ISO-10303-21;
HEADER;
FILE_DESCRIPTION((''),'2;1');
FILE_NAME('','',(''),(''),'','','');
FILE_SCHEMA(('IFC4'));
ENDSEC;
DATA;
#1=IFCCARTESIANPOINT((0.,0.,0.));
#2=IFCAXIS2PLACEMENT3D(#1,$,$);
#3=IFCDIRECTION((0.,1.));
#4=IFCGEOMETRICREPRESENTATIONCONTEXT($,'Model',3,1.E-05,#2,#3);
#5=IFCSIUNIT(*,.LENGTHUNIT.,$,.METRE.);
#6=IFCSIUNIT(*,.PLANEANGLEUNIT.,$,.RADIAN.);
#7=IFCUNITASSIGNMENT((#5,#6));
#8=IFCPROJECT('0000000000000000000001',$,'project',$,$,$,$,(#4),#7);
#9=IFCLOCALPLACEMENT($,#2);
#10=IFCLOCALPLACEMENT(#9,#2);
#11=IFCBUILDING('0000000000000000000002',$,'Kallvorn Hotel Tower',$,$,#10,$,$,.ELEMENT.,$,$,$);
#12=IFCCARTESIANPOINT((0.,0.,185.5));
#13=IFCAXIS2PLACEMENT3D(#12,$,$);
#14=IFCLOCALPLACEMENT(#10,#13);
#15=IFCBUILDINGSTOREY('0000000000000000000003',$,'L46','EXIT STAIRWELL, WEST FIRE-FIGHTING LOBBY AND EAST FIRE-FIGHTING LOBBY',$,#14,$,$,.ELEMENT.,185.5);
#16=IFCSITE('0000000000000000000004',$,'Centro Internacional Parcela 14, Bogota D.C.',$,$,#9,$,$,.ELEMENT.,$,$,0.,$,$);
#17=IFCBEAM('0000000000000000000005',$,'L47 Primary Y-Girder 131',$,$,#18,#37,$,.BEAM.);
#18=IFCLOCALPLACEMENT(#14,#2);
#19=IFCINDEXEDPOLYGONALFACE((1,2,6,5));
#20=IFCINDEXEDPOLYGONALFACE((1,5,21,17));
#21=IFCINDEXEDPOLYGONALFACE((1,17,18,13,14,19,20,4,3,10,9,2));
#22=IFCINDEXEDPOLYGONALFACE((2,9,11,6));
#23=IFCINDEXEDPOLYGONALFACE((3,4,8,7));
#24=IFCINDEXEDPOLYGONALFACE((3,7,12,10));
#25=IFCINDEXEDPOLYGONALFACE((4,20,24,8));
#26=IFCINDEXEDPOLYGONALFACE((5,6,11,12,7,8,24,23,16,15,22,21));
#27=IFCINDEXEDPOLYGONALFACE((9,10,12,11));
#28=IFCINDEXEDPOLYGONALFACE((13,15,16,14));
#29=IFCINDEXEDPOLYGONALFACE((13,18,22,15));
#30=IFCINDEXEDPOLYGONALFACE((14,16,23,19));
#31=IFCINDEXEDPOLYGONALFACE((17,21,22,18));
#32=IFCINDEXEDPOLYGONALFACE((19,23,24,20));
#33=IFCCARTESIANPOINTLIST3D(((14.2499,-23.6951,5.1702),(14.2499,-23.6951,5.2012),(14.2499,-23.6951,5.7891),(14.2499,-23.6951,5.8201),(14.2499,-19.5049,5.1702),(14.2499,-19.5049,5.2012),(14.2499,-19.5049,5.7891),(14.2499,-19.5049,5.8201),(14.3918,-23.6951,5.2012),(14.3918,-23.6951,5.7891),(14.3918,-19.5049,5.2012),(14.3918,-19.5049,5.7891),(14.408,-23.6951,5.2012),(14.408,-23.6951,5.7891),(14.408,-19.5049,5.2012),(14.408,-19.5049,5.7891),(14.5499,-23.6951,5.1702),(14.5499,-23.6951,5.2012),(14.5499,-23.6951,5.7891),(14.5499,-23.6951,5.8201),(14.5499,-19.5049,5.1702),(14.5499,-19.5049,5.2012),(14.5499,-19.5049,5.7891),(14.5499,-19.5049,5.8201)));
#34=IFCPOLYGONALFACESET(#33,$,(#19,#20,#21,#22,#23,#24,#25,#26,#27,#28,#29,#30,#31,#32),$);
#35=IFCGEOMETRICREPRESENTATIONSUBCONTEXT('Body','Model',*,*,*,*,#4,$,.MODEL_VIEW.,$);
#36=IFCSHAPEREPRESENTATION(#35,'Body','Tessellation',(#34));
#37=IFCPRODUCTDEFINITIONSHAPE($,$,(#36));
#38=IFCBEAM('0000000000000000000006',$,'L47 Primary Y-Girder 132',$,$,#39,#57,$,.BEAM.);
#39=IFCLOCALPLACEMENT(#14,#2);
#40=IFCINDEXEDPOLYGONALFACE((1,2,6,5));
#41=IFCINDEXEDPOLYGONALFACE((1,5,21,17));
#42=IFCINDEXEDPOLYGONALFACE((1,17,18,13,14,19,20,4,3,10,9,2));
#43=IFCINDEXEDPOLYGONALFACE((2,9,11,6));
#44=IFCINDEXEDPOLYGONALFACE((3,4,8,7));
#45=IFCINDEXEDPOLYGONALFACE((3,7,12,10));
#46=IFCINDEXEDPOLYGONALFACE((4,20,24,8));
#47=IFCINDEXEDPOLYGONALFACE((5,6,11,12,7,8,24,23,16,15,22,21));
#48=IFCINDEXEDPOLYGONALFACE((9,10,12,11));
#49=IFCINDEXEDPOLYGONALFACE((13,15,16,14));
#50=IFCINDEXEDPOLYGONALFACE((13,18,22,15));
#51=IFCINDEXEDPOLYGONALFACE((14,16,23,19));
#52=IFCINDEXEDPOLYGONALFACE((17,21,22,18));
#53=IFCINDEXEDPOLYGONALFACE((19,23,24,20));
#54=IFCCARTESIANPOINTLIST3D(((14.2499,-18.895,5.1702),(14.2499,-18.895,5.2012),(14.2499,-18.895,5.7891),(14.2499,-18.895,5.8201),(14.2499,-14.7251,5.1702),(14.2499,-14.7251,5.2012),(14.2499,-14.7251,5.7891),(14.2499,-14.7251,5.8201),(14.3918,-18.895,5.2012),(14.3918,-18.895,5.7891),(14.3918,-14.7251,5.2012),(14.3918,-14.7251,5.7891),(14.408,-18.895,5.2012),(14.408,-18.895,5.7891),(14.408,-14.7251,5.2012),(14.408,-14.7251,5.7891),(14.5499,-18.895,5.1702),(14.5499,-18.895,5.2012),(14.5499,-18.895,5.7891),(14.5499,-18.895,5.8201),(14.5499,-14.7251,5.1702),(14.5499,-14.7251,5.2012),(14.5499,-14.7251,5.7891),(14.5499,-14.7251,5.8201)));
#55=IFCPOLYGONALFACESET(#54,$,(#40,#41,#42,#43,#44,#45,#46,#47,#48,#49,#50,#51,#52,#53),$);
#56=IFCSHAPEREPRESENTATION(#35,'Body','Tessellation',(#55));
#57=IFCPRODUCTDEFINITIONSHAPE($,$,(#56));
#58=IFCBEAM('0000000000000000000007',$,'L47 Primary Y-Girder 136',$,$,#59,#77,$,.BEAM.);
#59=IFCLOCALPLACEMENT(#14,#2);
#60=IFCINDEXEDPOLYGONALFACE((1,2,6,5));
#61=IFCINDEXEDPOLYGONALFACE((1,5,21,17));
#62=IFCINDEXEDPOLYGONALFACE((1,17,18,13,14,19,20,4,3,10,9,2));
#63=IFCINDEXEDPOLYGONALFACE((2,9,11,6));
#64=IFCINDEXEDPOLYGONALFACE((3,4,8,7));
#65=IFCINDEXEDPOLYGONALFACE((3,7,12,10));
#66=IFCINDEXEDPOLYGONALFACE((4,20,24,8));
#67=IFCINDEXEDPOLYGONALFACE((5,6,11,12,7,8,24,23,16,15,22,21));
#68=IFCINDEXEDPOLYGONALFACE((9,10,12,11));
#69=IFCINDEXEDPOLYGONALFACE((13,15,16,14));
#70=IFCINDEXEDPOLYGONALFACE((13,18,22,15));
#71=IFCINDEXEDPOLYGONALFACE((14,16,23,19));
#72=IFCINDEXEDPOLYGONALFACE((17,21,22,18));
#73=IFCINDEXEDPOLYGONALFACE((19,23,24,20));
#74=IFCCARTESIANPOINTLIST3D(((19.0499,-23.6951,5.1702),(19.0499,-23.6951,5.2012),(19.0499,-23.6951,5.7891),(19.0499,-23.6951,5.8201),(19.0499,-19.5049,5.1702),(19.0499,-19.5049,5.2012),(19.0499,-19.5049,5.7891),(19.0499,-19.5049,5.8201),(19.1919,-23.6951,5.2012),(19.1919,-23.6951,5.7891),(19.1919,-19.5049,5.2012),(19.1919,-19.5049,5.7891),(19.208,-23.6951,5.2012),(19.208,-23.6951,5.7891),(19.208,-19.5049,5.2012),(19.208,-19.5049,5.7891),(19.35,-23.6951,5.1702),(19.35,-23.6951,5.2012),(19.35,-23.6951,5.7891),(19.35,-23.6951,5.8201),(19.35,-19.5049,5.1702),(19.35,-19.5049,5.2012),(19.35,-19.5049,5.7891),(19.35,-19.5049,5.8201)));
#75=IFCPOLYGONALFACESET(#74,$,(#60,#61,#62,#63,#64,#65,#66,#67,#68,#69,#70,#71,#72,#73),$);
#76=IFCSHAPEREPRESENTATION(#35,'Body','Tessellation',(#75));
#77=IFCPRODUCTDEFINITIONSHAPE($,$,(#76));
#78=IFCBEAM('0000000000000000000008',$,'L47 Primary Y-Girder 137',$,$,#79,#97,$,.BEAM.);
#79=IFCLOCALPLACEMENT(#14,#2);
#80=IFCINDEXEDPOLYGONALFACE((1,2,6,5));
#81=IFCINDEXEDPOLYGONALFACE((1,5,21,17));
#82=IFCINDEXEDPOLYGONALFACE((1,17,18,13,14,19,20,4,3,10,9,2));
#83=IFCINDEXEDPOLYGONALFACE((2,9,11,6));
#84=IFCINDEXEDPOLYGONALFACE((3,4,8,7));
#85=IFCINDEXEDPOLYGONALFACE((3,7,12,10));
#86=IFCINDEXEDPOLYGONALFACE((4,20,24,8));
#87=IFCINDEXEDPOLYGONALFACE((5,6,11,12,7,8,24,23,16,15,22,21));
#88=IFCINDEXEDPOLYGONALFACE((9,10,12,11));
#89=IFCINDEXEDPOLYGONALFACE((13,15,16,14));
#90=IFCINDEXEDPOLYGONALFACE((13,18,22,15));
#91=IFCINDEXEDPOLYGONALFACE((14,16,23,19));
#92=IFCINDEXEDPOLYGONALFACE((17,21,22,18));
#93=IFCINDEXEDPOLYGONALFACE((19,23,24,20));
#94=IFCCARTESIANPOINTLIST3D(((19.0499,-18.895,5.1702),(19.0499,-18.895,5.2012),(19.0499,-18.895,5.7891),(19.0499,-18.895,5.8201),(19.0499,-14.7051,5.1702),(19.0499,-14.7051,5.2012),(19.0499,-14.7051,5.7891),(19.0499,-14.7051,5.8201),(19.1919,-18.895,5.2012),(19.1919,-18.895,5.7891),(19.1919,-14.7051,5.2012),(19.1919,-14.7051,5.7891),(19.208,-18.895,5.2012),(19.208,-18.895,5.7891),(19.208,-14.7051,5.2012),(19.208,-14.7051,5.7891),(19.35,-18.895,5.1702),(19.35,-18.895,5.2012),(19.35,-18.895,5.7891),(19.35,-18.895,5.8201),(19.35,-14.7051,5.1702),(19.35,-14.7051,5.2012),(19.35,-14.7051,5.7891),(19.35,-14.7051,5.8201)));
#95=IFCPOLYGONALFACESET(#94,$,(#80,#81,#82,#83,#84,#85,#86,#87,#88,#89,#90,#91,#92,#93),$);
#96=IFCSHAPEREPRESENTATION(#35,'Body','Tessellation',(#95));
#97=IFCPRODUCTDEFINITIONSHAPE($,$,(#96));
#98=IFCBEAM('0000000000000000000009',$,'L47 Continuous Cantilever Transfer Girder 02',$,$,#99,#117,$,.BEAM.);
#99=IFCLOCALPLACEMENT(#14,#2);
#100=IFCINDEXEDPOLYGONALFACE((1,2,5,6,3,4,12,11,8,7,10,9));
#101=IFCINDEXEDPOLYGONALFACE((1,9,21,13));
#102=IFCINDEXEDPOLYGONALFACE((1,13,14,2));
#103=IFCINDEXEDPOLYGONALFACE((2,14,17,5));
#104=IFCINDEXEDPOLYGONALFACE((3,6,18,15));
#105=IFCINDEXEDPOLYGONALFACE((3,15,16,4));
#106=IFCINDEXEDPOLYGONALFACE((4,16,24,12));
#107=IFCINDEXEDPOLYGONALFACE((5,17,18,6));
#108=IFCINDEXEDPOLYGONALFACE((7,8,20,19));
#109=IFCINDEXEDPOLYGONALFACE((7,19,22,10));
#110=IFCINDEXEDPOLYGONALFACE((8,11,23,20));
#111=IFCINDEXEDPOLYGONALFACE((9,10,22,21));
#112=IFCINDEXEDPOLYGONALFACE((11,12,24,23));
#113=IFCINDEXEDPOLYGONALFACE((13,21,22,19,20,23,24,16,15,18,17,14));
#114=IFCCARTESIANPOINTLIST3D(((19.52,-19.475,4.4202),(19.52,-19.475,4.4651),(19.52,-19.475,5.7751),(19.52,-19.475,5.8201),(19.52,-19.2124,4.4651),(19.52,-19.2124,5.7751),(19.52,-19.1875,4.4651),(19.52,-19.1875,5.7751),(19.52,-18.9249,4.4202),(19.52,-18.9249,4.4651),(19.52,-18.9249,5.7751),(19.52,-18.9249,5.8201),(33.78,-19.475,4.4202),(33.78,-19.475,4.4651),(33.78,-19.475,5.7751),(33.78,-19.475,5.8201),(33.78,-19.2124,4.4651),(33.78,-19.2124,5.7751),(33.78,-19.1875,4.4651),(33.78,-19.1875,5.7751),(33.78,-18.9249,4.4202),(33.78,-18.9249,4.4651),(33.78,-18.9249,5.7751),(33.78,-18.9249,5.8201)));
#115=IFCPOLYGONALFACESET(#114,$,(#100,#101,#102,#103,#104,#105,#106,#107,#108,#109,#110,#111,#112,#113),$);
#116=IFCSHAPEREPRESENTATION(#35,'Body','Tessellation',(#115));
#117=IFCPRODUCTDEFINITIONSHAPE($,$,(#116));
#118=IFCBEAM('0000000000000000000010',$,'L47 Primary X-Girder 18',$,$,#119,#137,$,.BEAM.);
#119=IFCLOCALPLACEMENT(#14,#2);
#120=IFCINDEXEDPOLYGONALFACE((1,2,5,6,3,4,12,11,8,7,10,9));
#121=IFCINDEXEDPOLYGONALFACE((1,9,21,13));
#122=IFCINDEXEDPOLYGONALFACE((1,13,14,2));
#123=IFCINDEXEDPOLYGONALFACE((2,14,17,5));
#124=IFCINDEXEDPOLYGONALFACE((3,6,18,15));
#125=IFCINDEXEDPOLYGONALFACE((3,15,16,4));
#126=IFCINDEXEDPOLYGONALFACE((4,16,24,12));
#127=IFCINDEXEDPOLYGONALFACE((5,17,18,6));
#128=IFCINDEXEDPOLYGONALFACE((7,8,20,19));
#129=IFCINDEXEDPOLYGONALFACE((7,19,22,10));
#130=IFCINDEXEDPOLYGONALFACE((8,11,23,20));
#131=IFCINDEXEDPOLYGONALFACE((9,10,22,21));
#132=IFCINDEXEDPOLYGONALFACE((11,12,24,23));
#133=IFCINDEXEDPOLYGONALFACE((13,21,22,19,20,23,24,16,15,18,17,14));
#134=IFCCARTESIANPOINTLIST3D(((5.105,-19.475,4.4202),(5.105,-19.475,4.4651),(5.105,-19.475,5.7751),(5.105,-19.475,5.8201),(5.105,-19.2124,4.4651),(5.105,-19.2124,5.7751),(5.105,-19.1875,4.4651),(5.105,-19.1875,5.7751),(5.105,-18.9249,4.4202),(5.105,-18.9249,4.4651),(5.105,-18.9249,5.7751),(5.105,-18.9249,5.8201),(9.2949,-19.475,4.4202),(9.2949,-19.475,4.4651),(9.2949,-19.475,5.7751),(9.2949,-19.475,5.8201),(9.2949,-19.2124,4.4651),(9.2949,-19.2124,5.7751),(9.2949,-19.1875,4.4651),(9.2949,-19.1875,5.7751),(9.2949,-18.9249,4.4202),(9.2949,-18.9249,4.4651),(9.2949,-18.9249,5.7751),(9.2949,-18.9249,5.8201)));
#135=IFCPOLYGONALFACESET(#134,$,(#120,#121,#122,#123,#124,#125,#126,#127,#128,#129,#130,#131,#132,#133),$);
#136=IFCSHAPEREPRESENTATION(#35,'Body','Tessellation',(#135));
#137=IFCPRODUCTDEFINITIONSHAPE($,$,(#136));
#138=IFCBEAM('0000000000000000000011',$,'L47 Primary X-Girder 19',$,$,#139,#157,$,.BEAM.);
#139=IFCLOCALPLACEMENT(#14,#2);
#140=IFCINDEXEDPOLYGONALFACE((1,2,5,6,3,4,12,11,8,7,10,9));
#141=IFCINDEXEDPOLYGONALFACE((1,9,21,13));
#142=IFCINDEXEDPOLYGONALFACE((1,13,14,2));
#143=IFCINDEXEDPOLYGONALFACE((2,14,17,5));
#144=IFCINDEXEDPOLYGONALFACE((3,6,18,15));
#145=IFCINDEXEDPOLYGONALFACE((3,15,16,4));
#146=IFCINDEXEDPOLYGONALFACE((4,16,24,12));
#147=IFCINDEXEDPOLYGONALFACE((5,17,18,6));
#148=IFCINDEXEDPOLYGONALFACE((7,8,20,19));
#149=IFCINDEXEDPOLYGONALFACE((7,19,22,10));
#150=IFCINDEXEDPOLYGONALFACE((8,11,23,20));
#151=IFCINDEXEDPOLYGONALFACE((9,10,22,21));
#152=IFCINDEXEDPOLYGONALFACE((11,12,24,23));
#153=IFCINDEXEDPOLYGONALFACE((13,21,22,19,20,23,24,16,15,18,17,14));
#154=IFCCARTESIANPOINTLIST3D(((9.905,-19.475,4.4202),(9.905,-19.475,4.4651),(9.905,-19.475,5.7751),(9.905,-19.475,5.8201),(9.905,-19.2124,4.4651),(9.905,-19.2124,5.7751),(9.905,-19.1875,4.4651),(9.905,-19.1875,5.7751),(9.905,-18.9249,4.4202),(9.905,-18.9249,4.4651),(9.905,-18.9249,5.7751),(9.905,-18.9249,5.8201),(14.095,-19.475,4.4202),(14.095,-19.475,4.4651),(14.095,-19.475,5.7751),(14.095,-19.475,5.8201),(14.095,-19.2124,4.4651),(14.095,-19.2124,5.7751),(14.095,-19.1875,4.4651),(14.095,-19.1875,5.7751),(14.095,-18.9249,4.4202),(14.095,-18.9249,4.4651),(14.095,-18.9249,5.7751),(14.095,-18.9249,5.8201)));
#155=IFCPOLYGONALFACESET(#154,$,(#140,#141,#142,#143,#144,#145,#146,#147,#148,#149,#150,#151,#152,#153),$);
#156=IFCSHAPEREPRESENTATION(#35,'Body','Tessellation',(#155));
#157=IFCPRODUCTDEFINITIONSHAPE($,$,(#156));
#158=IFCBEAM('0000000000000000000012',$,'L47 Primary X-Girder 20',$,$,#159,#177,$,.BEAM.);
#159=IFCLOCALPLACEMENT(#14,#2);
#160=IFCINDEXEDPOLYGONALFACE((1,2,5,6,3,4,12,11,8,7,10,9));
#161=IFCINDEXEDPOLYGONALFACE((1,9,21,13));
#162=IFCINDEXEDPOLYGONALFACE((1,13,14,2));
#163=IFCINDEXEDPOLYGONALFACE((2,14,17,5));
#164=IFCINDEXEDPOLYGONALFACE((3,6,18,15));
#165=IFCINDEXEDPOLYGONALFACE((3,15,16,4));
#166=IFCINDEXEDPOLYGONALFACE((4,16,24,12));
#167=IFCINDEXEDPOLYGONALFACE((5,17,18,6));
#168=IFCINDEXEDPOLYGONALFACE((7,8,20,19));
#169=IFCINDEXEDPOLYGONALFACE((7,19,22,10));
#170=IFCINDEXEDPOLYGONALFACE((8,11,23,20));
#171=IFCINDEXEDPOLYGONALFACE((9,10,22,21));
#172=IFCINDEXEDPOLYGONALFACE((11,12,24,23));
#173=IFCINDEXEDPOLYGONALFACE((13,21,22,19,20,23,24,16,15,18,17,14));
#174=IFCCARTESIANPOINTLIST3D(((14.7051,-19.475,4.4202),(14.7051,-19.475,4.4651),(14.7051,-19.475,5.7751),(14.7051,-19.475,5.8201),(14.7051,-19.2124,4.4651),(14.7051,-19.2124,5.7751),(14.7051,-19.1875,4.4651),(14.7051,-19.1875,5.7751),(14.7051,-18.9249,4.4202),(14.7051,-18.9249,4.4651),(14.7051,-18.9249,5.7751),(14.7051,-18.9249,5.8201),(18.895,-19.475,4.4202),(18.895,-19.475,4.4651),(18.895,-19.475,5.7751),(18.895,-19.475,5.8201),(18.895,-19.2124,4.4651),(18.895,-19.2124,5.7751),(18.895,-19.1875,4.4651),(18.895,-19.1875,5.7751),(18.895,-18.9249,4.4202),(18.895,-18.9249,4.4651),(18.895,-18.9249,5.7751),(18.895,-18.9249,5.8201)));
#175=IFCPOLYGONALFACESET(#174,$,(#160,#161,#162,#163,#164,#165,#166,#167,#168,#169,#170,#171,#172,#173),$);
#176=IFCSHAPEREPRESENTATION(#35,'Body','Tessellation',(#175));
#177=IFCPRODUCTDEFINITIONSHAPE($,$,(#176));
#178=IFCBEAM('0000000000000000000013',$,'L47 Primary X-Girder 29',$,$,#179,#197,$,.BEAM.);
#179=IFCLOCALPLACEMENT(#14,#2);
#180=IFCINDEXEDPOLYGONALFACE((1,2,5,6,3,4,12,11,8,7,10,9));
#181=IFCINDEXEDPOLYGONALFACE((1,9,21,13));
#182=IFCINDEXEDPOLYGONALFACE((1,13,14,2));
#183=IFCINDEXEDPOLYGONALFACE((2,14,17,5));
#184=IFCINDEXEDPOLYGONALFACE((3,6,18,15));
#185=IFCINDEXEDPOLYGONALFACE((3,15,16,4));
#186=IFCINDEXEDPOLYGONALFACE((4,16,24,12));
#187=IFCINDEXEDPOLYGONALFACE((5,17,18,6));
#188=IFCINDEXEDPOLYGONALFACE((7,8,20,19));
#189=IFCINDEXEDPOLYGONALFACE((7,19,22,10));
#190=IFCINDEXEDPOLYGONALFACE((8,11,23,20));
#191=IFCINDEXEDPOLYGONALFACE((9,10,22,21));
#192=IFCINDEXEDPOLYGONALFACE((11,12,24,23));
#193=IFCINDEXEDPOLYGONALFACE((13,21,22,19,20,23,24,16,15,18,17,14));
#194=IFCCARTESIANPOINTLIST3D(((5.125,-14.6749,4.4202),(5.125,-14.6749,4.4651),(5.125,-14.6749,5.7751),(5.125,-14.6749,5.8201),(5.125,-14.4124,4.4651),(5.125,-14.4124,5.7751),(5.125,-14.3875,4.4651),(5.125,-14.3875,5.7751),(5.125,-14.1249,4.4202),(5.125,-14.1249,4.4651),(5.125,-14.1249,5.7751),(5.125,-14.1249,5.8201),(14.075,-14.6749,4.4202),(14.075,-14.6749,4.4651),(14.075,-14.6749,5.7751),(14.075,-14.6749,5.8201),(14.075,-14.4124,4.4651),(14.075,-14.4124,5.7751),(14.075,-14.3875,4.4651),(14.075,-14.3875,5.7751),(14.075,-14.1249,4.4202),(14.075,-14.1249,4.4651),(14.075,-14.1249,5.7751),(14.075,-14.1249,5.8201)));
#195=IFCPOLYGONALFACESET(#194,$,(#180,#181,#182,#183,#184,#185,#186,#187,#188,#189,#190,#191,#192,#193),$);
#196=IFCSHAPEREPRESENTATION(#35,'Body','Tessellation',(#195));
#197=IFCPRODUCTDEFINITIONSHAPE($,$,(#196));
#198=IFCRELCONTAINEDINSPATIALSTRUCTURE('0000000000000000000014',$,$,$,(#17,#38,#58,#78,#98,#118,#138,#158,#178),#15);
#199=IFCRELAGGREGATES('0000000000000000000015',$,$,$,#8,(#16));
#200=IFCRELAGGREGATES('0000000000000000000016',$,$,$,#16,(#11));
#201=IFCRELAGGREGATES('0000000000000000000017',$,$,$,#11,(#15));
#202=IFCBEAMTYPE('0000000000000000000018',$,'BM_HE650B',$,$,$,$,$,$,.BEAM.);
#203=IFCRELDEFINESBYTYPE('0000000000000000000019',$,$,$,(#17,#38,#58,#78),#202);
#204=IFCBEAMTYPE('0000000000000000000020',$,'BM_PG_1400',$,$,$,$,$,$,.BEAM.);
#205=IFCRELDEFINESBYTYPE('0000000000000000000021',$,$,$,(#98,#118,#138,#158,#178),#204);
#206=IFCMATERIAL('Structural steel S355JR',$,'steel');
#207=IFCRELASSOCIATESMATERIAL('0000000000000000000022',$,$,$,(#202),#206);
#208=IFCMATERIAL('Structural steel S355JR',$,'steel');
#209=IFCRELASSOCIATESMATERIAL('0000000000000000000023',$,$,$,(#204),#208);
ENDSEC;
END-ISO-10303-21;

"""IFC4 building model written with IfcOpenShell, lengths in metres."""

from ifc_helpers import new_model, si_unit, direction, frame, origin, origin_2d, place, context, subcontext, project, spatial, i_section, extrude, material, material_profile, profile_set, type_object, element, save


model = new_model("IFC4")

# Units and contexts
model_context = context("Model", 3, precision=1e-05, world=origin(), true_north=direction((0.0, 1.0)))
body_context = subcontext(model_context, "Body", "Model", "MODEL_VIEW")
ifc_project = project(units=[si_unit("LENGTHUNIT", "METRE"), si_unit("PLANEANGLEUNIT", "RADIAN")], contexts=[model_context])

# Site, building, storey
site_placement = place(None, origin())
site = spatial("IfcSite", under=ifc_project, at=site_placement, Name="Centro Internacional Parcela 14, Bogota D.C.", CompositionType="ELEMENT", RefElevation=0.0)
building_placement = place(site_placement, origin())
building = spatial("IfcBuilding", under=site, at=building_placement, Name="Kallvorn Hotel Tower", CompositionType="ELEMENT")
storey_placement = place(building_placement, frame((0.0, 0.0, 185.5)))
storey = spatial("IfcBuildingStorey", under=building, at=storey_placement, Name="L46", Description="EXIT STAIRWELL, WEST FIRE-FIGHTING LOBBY AND EAST FIRE-FIGHTING LOBBY", CompositionType="ELEMENT", Elevation=185.5)

# Beams
ifc_material_1 = material(Name="Structural steel S355JR", Category="steel")
ifc_material_profile_1 = material_profile(ifc_material_1, i_section(OverallWidth=0.3, OverallDepth=0.6499, WebThickness=0.0161, FlangeThickness=0.031, at=origin_2d()), Name="HE 650 B")
ifc_profile_set_1 = profile_set([ifc_material_profile_1], Name="Structural steel S355JR")
beam_type_1 = type_object("IfcBeamType", Name="BM_HE650B", PredefinedType="BEAM", material=ifc_profile_set_1)
for number, where, z_axis, x_axis, name in (
    (1, (14.3999, -23.6951, 5.4951), (0.0, 1.0, 0.0), (-1.0, 0.0, 0.0), "L47 Primary Y-Girder 131"),
):
    element("IfcBeam", number, at=place(storey_placement, frame(where, z_axis=z_axis, x_axis=x_axis)), inside=storey, type_object=beam_type_1, Name=name, PredefinedType="BEAM", context=body_context, shape_type="SweptSolid", body=[
        extrude(i_section(OverallWidth=0.3, OverallDepth=0.6499, WebThickness=0.0161, FlangeThickness=0.031, at=origin_2d()), origin(), (0.0, 0.0, 1.0), 4.1902),
    ])
beam_1_placement = place(storey_placement, frame((14.3999, -18.895, 5.4951), z_axis=(0.0, 1.0, 0.0), x_axis=(-1.0, 0.0, 0.0)))
element("IfcBeam", 2, at=beam_1_placement, inside=storey, type_object=beam_type_1, Name="L47 Primary Y-Girder 132", PredefinedType="BEAM", context=body_context, shape_type="SweptSolid", body=[
    extrude(i_section(OverallWidth=0.3, OverallDepth=0.6499, WebThickness=0.0161, FlangeThickness=0.031, at=origin_2d()), origin(), (0.0, 0.0, 1.0), 4.1699),
])
beam_2_placement = place(storey_placement, frame((19.2, -23.6951, 5.4951), z_axis=(0.0, 1.0, 0.0), x_axis=(-1.0, 0.0, 0.0)))
element("IfcBeam", 3, at=beam_2_placement, inside=storey, type_object=beam_type_1, Name="L47 Primary Y-Girder 136", PredefinedType="BEAM", context=body_context, shape_type="SweptSolid", body=[
    extrude(i_section(OverallWidth=0.3, OverallDepth=0.6499, WebThickness=0.0161, FlangeThickness=0.031, at=origin_2d()), origin(), (0.0, 0.0, 1.0), 4.1902),
])
beam_3_placement = place(storey_placement, frame((19.2, -18.895, 5.4951), z_axis=(0.0, 1.0, 0.0), x_axis=(-1.0, 0.0, 0.0)))
element("IfcBeam", 4, at=beam_3_placement, inside=storey, type_object=beam_type_1, Name="L47 Primary Y-Girder 137", PredefinedType="BEAM", context=body_context, shape_type="SweptSolid", body=[
    extrude(i_section(OverallWidth=0.3, OverallDepth=0.6499, WebThickness=0.0161, FlangeThickness=0.031, at=origin_2d()), origin(), (0.0, 0.0, 1.0), 4.1899),
])
ifc_material_2 = material(Name="Structural steel S355JR", Category="steel")
ifc_material_profile_2 = material_profile(ifc_material_2, i_section(OverallWidth=0.55, OverallDepth=1.3999, WebThickness=0.0249, FlangeThickness=0.0449, at=origin_2d()), Name="PG 1400x550x25x45")
ifc_profile_set_2 = profile_set([ifc_material_profile_2], Name="Structural steel S355JR")
beam_type_2 = type_object("IfcBeamType", Name="BM_PG_1400", PredefinedType="BEAM", material=ifc_profile_set_2)
beam_4_placement = place(storey_placement, frame((19.52, -19.2, 5.1201), z_axis=(1.0, 0.0, 0.0), x_axis=(0.0, 1.0, 0.0)))
element("IfcBeam", 5, at=beam_4_placement, inside=storey, type_object=beam_type_2, Name="L47 Continuous Cantilever Transfer Girder 02", PredefinedType="BEAM", context=body_context, shape_type="SweptSolid", body=[
    extrude(i_section(OverallWidth=0.55, OverallDepth=1.3999, WebThickness=0.0249, FlangeThickness=0.0449, at=origin_2d()), origin(), (0.0, 0.0, 1.0), 14.26),
])
for number, where, z_axis, x_axis, name in (
    (6, (5.105, -19.2, 5.1201), (1.0, 0.0, 0.0), (0.0, 1.0, 0.0), "L47 Primary X-Girder 18"),
    (7, (9.905, -19.2, 5.1201), (1.0, 0.0, 0.0), (0.0, 1.0, 0.0), "L47 Primary X-Girder 19"),
    (8, (14.7051, -19.2, 5.1201), (1.0, 0.0, 0.0), (0.0, 1.0, 0.0), "L47 Primary X-Girder 20"),
):
    element("IfcBeam", number, at=place(storey_placement, frame(where, z_axis=z_axis, x_axis=x_axis)), inside=storey, type_object=beam_type_2, Name=name, PredefinedType="BEAM", context=body_context, shape_type="SweptSolid", body=[
        extrude(i_section(OverallWidth=0.55, OverallDepth=1.3999, WebThickness=0.0249, FlangeThickness=0.0449, at=origin_2d()), origin(), (0.0, 0.0, 1.0), 4.1899),
    ])
beam_5_placement = place(storey_placement, frame((5.125, -14.3999, 5.1201), z_axis=(1.0, 0.0, 0.0), x_axis=(0.0, 1.0, 0.0)))
element("IfcBeam", 9, at=beam_5_placement, inside=storey, type_object=beam_type_2, Name="L47 Primary X-Girder 29", PredefinedType="BEAM", context=body_context, shape_type="SweptSolid", body=[
    extrude(i_section(OverallWidth=0.55, OverallDepth=1.3999, WebThickness=0.0249, FlangeThickness=0.0449, at=origin_2d()), origin(), (0.0, 0.0, 1.0), 8.95),
])

save(model, "model.ifc")
